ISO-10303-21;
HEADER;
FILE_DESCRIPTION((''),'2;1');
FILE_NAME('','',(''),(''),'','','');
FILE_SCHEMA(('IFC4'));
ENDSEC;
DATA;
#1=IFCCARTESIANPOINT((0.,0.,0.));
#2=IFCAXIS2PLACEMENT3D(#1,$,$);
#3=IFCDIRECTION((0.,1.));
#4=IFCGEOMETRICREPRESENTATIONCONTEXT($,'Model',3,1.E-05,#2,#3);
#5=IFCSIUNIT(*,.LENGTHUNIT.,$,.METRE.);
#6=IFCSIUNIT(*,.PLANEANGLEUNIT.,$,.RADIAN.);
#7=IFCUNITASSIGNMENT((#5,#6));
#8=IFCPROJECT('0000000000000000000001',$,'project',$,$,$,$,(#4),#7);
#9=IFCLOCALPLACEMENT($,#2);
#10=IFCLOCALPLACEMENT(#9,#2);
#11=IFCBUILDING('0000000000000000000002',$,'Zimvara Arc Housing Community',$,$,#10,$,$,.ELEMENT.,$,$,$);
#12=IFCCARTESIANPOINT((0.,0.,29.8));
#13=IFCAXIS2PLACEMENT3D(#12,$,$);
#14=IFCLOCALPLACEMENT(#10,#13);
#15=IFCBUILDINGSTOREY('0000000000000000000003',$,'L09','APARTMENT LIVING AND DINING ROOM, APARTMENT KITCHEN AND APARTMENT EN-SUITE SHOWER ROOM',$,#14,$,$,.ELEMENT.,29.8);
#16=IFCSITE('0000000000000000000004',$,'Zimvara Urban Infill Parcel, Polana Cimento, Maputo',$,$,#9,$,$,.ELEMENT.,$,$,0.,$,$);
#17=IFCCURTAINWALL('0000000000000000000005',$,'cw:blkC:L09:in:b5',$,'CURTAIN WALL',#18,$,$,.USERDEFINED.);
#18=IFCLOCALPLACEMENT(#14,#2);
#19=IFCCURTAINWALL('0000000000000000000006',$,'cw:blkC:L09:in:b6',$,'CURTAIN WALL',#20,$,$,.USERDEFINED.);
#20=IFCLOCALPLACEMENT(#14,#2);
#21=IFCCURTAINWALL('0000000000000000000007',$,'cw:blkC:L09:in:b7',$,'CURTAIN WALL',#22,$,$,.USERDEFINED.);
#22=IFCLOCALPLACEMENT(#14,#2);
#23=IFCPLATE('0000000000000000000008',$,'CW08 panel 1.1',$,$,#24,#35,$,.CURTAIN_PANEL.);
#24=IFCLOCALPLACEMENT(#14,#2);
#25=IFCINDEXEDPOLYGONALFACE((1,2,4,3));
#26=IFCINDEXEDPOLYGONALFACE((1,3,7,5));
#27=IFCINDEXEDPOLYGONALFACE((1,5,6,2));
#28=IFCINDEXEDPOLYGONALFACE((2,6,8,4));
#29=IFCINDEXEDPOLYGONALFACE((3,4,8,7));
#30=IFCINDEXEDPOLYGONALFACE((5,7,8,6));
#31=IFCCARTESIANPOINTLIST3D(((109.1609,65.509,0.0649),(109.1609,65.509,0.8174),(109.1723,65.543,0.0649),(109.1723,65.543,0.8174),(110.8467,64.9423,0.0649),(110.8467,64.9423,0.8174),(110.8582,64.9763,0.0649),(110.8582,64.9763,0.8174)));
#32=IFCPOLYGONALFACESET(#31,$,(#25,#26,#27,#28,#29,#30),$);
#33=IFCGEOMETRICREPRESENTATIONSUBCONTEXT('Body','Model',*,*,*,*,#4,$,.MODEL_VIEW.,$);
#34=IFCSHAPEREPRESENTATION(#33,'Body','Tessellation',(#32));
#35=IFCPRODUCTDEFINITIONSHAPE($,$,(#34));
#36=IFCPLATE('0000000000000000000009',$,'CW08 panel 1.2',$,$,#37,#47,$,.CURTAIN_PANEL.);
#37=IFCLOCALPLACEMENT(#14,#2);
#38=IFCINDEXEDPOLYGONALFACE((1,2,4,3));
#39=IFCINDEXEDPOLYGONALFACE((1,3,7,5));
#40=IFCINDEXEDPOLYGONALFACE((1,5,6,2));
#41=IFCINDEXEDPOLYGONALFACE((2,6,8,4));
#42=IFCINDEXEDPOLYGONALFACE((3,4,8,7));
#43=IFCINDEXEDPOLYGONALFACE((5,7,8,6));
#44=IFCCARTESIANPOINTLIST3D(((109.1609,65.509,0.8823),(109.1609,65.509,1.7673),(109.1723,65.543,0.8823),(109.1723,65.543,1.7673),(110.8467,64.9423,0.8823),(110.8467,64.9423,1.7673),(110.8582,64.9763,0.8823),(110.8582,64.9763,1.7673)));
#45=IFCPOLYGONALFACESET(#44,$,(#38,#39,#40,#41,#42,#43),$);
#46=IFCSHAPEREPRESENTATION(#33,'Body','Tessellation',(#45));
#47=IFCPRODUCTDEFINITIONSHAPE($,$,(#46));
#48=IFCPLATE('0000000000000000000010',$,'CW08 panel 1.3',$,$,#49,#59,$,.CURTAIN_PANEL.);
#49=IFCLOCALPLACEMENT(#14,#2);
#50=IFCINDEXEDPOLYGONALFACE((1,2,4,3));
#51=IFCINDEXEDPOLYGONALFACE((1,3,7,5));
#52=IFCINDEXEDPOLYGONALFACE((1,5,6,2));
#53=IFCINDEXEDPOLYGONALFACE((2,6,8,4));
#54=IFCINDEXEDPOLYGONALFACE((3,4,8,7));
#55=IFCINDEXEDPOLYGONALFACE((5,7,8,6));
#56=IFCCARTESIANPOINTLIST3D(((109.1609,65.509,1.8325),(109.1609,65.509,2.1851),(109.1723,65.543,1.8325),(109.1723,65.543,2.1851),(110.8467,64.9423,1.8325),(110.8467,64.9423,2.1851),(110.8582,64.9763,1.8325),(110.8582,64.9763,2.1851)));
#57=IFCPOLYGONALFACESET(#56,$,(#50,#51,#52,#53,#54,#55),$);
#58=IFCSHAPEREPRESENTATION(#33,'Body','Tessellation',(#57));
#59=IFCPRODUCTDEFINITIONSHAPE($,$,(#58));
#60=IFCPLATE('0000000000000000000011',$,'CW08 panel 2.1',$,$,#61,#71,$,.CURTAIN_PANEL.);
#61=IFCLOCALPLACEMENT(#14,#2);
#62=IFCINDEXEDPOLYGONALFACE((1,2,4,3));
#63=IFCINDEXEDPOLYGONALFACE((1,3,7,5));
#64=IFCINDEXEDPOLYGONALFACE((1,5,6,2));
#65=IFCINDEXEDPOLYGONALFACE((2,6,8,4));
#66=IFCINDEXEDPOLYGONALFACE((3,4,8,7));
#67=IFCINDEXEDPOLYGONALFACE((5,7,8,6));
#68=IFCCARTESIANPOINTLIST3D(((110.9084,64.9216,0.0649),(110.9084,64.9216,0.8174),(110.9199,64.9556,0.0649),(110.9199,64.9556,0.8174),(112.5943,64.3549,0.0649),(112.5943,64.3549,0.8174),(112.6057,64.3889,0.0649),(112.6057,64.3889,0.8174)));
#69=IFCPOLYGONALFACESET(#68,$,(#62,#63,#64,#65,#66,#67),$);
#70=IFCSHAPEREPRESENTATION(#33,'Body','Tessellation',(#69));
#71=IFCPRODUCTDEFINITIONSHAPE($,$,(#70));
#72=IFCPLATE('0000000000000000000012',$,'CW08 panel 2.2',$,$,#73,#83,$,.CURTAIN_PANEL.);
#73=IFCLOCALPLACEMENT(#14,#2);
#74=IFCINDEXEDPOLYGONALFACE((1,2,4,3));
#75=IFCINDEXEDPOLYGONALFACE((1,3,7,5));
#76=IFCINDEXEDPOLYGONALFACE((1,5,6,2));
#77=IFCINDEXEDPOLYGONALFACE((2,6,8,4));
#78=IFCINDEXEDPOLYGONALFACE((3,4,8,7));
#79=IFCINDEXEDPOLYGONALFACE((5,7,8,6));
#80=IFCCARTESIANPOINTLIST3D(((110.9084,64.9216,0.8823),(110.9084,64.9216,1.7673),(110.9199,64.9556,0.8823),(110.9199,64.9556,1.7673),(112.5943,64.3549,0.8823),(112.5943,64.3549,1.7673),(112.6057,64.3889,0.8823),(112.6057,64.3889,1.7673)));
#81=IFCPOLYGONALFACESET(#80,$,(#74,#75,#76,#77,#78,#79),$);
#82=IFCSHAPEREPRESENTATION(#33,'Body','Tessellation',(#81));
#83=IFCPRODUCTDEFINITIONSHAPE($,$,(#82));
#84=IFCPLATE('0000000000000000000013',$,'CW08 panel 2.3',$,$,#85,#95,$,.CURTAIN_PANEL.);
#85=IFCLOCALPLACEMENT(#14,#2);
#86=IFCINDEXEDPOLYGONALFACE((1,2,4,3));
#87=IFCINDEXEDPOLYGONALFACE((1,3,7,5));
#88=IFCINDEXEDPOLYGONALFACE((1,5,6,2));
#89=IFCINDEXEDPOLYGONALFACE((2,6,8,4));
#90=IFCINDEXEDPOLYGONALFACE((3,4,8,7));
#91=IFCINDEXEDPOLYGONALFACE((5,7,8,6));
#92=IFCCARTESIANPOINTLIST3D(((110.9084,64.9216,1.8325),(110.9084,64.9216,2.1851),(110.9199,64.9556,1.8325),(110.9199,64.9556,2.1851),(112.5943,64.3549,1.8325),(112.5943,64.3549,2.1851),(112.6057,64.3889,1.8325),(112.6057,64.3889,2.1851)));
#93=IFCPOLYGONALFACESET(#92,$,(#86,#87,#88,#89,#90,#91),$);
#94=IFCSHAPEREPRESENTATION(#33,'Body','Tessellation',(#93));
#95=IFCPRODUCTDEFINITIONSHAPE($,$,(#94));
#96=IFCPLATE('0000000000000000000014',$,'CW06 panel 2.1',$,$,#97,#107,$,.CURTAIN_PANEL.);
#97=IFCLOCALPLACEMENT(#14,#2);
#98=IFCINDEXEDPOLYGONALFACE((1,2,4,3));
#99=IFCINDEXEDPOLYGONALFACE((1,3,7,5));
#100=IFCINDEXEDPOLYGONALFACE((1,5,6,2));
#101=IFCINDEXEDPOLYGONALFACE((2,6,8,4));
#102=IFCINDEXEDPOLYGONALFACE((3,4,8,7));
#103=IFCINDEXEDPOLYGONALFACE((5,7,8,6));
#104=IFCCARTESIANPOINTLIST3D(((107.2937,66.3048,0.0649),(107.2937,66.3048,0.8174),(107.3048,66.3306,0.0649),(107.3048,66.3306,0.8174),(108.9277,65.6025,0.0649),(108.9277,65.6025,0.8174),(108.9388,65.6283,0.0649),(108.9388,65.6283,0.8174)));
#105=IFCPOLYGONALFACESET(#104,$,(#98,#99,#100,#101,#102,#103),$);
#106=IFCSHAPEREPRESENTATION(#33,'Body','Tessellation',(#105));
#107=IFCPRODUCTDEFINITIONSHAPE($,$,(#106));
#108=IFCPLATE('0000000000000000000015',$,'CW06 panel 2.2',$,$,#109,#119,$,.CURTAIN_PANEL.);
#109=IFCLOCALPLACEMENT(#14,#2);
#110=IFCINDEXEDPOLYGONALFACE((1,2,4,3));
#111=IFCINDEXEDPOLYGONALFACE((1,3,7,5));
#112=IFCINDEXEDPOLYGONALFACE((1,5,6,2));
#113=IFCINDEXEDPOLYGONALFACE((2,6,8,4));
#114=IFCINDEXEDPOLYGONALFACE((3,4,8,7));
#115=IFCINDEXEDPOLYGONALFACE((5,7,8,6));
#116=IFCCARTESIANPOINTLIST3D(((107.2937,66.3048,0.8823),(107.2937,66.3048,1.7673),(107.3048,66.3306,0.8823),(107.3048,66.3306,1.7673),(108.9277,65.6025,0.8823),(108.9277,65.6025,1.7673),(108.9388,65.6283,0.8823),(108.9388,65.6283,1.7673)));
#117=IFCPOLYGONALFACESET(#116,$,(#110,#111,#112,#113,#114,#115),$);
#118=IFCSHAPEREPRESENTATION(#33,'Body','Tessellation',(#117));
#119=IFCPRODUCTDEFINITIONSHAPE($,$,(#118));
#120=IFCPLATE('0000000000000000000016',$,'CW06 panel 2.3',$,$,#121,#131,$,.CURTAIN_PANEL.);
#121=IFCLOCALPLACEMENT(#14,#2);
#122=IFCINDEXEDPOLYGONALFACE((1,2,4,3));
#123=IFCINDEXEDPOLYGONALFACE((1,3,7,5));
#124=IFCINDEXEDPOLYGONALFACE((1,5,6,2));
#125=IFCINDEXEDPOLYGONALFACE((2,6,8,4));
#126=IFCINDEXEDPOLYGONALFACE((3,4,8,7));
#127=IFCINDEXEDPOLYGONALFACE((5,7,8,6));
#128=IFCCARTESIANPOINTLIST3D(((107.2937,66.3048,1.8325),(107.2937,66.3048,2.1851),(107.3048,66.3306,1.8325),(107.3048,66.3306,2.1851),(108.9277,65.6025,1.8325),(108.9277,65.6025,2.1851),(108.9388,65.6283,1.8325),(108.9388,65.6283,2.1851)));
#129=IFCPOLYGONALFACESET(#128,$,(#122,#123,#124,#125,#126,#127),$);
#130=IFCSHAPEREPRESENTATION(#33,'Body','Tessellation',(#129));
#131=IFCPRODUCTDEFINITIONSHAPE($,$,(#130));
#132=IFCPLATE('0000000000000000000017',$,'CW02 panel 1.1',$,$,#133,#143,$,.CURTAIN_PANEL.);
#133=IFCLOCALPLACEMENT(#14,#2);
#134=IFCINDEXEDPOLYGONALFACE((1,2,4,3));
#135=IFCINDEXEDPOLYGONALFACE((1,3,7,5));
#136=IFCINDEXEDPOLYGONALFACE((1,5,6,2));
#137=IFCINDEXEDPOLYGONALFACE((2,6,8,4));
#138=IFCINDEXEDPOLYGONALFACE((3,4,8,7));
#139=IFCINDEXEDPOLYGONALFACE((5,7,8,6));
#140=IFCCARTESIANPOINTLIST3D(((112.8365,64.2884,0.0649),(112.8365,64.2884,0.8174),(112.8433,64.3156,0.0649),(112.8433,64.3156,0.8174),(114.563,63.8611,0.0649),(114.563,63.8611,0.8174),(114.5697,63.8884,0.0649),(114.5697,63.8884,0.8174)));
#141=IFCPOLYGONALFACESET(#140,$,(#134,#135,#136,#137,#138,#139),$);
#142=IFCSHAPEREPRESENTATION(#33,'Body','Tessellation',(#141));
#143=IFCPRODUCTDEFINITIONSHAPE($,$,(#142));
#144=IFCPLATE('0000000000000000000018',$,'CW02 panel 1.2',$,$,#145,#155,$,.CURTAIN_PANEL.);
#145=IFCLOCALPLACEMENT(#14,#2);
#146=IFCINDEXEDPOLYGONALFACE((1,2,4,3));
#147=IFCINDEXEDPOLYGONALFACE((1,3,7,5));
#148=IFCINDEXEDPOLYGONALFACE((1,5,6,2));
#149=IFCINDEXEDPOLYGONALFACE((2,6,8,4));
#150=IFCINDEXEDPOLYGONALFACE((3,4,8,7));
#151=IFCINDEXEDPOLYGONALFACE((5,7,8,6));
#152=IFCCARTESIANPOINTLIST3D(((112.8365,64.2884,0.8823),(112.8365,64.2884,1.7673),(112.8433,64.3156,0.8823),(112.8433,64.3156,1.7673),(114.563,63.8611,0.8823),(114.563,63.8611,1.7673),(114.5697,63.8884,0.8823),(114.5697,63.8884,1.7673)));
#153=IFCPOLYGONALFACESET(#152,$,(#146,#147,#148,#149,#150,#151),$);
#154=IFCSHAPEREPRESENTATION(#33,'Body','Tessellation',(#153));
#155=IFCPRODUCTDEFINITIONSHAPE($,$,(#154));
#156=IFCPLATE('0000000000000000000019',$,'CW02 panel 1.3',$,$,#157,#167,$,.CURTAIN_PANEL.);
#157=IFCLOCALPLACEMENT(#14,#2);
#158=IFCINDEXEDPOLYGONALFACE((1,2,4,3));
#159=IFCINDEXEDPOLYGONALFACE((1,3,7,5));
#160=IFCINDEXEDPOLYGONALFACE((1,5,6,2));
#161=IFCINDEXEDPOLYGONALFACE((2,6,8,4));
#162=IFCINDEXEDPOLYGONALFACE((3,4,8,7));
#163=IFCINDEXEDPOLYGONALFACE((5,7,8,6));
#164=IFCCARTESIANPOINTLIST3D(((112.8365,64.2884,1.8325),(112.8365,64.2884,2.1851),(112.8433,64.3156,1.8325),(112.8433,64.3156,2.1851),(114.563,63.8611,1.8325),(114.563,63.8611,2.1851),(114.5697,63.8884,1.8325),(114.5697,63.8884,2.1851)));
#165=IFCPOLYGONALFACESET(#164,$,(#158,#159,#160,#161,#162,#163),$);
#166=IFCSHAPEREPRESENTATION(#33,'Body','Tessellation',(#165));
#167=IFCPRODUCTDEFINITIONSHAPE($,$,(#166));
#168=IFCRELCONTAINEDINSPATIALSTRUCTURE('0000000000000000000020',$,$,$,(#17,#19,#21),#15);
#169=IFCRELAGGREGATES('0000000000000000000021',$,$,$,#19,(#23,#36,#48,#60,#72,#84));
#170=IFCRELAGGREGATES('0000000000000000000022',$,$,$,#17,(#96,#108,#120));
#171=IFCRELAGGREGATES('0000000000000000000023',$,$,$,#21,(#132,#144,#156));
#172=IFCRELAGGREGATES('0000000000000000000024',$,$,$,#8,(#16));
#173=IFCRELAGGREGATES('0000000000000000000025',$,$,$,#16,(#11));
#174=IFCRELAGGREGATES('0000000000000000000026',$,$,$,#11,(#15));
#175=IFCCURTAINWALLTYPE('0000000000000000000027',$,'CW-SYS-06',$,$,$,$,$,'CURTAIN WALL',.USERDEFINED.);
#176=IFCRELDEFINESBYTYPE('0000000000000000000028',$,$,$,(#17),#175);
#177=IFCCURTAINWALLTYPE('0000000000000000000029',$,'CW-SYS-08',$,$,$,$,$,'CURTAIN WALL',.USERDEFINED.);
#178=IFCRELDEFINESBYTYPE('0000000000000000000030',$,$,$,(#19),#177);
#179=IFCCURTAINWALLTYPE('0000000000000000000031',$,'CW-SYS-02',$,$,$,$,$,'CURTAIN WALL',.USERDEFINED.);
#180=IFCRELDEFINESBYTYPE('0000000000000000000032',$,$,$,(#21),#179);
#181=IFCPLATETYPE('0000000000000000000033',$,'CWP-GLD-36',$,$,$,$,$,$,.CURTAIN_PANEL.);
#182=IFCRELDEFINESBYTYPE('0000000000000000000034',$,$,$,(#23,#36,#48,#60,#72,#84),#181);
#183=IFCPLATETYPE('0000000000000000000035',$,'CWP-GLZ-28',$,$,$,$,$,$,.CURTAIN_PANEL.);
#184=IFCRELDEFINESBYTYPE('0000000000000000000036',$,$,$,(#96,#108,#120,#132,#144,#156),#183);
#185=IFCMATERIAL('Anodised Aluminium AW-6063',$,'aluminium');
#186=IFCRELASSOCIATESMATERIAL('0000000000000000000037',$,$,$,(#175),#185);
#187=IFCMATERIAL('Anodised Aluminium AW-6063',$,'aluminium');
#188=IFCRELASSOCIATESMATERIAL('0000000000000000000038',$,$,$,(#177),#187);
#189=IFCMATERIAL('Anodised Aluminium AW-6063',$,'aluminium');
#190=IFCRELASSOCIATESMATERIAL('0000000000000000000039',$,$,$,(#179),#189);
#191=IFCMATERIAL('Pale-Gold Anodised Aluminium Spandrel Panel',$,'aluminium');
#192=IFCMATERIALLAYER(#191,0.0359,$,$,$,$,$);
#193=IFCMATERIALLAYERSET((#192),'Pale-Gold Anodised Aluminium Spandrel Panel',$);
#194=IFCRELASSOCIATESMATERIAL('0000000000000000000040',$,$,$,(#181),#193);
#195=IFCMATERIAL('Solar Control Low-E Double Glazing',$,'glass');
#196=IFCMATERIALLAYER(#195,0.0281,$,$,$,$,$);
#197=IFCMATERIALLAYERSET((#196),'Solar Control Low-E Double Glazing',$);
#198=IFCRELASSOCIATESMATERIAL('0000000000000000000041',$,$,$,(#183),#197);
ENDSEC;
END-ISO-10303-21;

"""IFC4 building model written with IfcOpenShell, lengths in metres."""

from ifc_helpers import new_model, si_unit, direction, frame, origin, origin_2d, place, context, subcontext, project, spatial, rectangle, extrude, material, layer, layer_set, type_object, element, aggregate, save


model = new_model("IFC4")

# Units and contexts
model_context = context("Model", 3, precision=1e-05, world=origin(), true_north=direction((0.0, 1.0)))
body_context = subcontext(model_context, "Body", "Model", "MODEL_VIEW")
ifc_project = project(units=[si_unit("LENGTHUNIT", "METRE"), si_unit("PLANEANGLEUNIT", "RADIAN")], contexts=[model_context])

# Site, building, storey
site_placement = place(None, origin())
site = spatial("IfcSite", under=ifc_project, at=site_placement, Name="Zimvara Urban Infill Parcel, Polana Cimento, Maputo", CompositionType="ELEMENT", RefElevation=0.0)
building_placement = place(site_placement, origin())
building = spatial("IfcBuilding", under=site, at=building_placement, Name="Zimvara Arc Housing Community", CompositionType="ELEMENT")
storey_placement = place(building_placement, frame((0.0, 0.0, 29.8)))
storey = spatial("IfcBuildingStorey", under=building, at=storey_placement, Name="L09", Description="APARTMENT LIVING AND DINING ROOM, APARTMENT KITCHEN AND APARTMENT EN-SUITE SHOWER ROOM", CompositionType="ELEMENT", Elevation=29.8)

# Curtain walls
ifc_material_1 = material(Name="Anodised Aluminium AW-6063", Category="aluminium")
curtain_wall_type_1 = type_object("IfcCurtainWallType", Name="CW-SYS-06", ElementType="CURTAIN WALL", PredefinedType="USERDEFINED", material=ifc_material_1)
curtain_wall_1_placement = place(storey_placement, origin())
curtain_wall_1 = element("IfcCurtainWall", 1, at=curtain_wall_1_placement, inside=storey, type_object=curtain_wall_type_1, Name="cw:blkC:L09:in:b5", ObjectType="CURTAIN WALL", PredefinedType="USERDEFINED")
ifc_material_2 = material(Name="Anodised Aluminium AW-6063", Category="aluminium")
curtain_wall_type_2 = type_object("IfcCurtainWallType", Name="CW-SYS-08", ElementType="CURTAIN WALL", PredefinedType="USERDEFINED", material=ifc_material_2)
curtain_wall_2_placement = place(storey_placement, origin())
curtain_wall_2 = element("IfcCurtainWall", 2, at=curtain_wall_2_placement, inside=storey, type_object=curtain_wall_type_2, Name="cw:blkC:L09:in:b6", ObjectType="CURTAIN WALL", PredefinedType="USERDEFINED")

# Curtain wall
ifc_material_3 = material(Name="Anodised Aluminium AW-6063", Category="aluminium")
curtain_wall_type_3 = type_object("IfcCurtainWallType", Name="CW-SYS-02", ElementType="CURTAIN WALL", PredefinedType="USERDEFINED", material=ifc_material_3)
curtain_wall_3_placement = place(storey_placement, origin())
curtain_wall_3 = element("IfcCurtainWall", 3, at=curtain_wall_3_placement, inside=storey, type_object=curtain_wall_type_3, Name="cw:blkC:L09:in:b7", ObjectType="CURTAIN WALL", PredefinedType="USERDEFINED")

# Plates
ifc_material_4 = material(Name="Pale-Gold Anodised Aluminium Spandrel Panel", Category="aluminium")
ifc_layer_1 = layer(ifc_material_4, 0.0359)
ifc_layer_set_1 = layer_set([ifc_layer_1], Name="Pale-Gold Anodised Aluminium Spandrel Panel")
plate_type_1 = type_object("IfcPlateType", Name="CWP-GLD-36", PredefinedType="CURTAIN_PANEL", material=ifc_layer_set_1)
plate_1_placement = place(storey_placement, frame((110.0095, 65.2427, 0.0649), z_axis=(0.0, 0.0, 1.0), x_axis=(0.94788, -0.318627, 0.0)))
plate_1 = element("IfcPlate", 4, at=plate_1_placement, type_object=plate_type_1, Name="CW08 panel 1.1", PredefinedType="CURTAIN_PANEL", context=body_context, shape_type="SweptSolid", body=[
    extrude(rectangle(XDim=1.7786, YDim=0.0359, at=origin_2d()), origin(), (0.0, 0.0, 1.0), 0.7524),
])
plate_2_placement = place(storey_placement, frame((110.0095, 65.2427, 0.8823), z_axis=(0.0, 0.0, 1.0), x_axis=(0.94788, -0.318627, 0.0)))
plate_2 = element("IfcPlate", 5, at=plate_2_placement, type_object=plate_type_1, Name="CW08 panel 1.2", PredefinedType="CURTAIN_PANEL", context=body_context, shape_type="SweptSolid", body=[
    extrude(rectangle(XDim=1.7786, YDim=0.0359, at=origin_2d()), origin(), (0.0, 0.0, 1.0), 0.885),
])
plate_3_placement = place(storey_placement, frame((110.0095, 65.2427, 1.8325), z_axis=(0.0, 0.0, 1.0), x_axis=(0.94788, -0.318627, 0.0)))
plate_3 = element("IfcPlate", 6, at=plate_3_placement, type_object=plate_type_1, Name="CW08 panel 1.3", PredefinedType="CURTAIN_PANEL", context=body_context, shape_type="SweptSolid", body=[
    extrude(rectangle(XDim=1.7786, YDim=0.0359, at=origin_2d()), origin(), (0.0, 0.0, 1.0), 0.3525),
])
plate_4_placement = place(storey_placement, frame((111.7571, 64.6553, 0.0649), z_axis=(0.0, 0.0, 1.0), x_axis=(0.94788, -0.318627, 0.0)))
plate_4 = element("IfcPlate", 7, at=plate_4_placement, type_object=plate_type_1, Name="CW08 panel 2.1", PredefinedType="CURTAIN_PANEL", context=body_context, shape_type="SweptSolid", body=[
    extrude(rectangle(XDim=1.7786, YDim=0.0359, at=origin_2d()), origin(), (0.0, 0.0, 1.0), 0.7524),
])
plate_5_placement = place(storey_placement, frame((111.7571, 64.6553, 0.8823), z_axis=(0.0, 0.0, 1.0), x_axis=(0.94788, -0.318627, 0.0)))
plate_5 = element("IfcPlate", 8, at=plate_5_placement, type_object=plate_type_1, Name="CW08 panel 2.2", PredefinedType="CURTAIN_PANEL", context=body_context, shape_type="SweptSolid", body=[
    extrude(rectangle(XDim=1.7786, YDim=0.0359, at=origin_2d()), origin(), (0.0, 0.0, 1.0), 0.885),
])
plate_6_placement = place(storey_placement, frame((111.7571, 64.6553, 1.8325), z_axis=(0.0, 0.0, 1.0), x_axis=(0.94788, -0.318627, 0.0)))
plate_6 = element("IfcPlate", 9, at=plate_6_placement, type_object=plate_type_1, Name="CW08 panel 2.3", PredefinedType="CURTAIN_PANEL", context=body_context, shape_type="SweptSolid", body=[
    extrude(rectangle(XDim=1.7786, YDim=0.0359, at=origin_2d()), origin(), (0.0, 0.0, 1.0), 0.3525),
])
aggregate(curtain_wall_2, [plate_1, plate_2, plate_3, plate_4, plate_5, plate_6])
ifc_material_5 = material(Name="Solar Control Low-E Double Glazing", Category="glass")
ifc_layer_2 = layer(ifc_material_5, 0.0281)
ifc_layer_set_2 = layer_set([ifc_layer_2], Name="Solar Control Low-E Double Glazing")
plate_type_2 = type_object("IfcPlateType", Name="CWP-GLZ-28", PredefinedType="CURTAIN_PANEL", material=ifc_layer_set_2)
plate_7_placement = place(storey_placement, frame((108.1162, 65.9666, 0.0649), z_axis=(0.0, 0.0, 1.0), x_axis=(0.918722, -0.394904, 0.0)))
plate_7 = element("IfcPlate", 10, at=plate_7_placement, type_object=plate_type_2, Name="CW06 panel 2.1", PredefinedType="CURTAIN_PANEL", context=body_context, shape_type="SweptSolid", body=[
    extrude(rectangle(XDim=1.7786, YDim=0.0281, at=origin_2d()), origin(), (0.0, 0.0, 1.0), 0.7524),
])
plate_8_placement = place(storey_placement, frame((108.1162, 65.9666, 0.8823), z_axis=(0.0, 0.0, 1.0), x_axis=(0.918722, -0.394904, 0.0)))
plate_8 = element("IfcPlate", 11, at=plate_8_placement, type_object=plate_type_2, Name="CW06 panel 2.2", PredefinedType="CURTAIN_PANEL", context=body_context, shape_type="SweptSolid", body=[
    extrude(rectangle(XDim=1.7786, YDim=0.0281, at=origin_2d()), origin(), (0.0, 0.0, 1.0), 0.885),
])
plate_9_placement = place(storey_placement, frame((108.1162, 65.9666, 1.8325), z_axis=(0.0, 0.0, 1.0), x_axis=(0.918722, -0.394904, 0.0)))
plate_9 = element("IfcPlate", 12, at=plate_9_placement, type_object=plate_type_2, Name="CW06 panel 2.3", PredefinedType="CURTAIN_PANEL", context=body_context, shape_type="SweptSolid", body=[
    extrude(rectangle(XDim=1.7786, YDim=0.0281, at=origin_2d()), origin(), (0.0, 0.0, 1.0), 0.3525),
])
aggregate(curtain_wall_1, [plate_7, plate_8, plate_9])
plate_10_placement = place(storey_placement, frame((113.7031, 64.0884, 0.0649), z_axis=(0.0, 0.0, 1.0), x_axis=(0.970716, -0.240229, 0.0)))
plate_10 = element("IfcPlate", 13, at=plate_10_placement, type_object=plate_type_2, Name="CW02 panel 1.1", PredefinedType="CURTAIN_PANEL", context=body_context, shape_type="SweptSolid", body=[
    extrude(rectangle(XDim=1.7786, YDim=0.0281, at=origin_2d()), origin(), (0.0, 0.0, 1.0), 0.7524),
])
plate_11_placement = place(storey_placement, frame((113.7031, 64.0884, 0.8823), z_axis=(0.0, 0.0, 1.0), x_axis=(0.970716, -0.240229, 0.0)))
plate_11 = element("IfcPlate", 14, at=plate_11_placement, type_object=plate_type_2, Name="CW02 panel 1.2", PredefinedType="CURTAIN_PANEL", context=body_context, shape_type="SweptSolid", body=[
    extrude(rectangle(XDim=1.7786, YDim=0.0281, at=origin_2d()), origin(), (0.0, 0.0, 1.0), 0.885),
])
plate_12_placement = place(storey_placement, frame((113.7031, 64.0884, 1.8325), z_axis=(0.0, 0.0, 1.0), x_axis=(0.970716, -0.240229, 0.0)))
plate_12 = element("IfcPlate", 15, at=plate_12_placement, type_object=plate_type_2, Name="CW02 panel 1.3", PredefinedType="CURTAIN_PANEL", context=body_context, shape_type="SweptSolid", body=[
    extrude(rectangle(XDim=1.7786, YDim=0.0281, at=origin_2d()), origin(), (0.0, 0.0, 1.0), 0.3525),
])
aggregate(curtain_wall_3, [plate_10, plate_11, plate_12])

save(model, "model.ifc")
